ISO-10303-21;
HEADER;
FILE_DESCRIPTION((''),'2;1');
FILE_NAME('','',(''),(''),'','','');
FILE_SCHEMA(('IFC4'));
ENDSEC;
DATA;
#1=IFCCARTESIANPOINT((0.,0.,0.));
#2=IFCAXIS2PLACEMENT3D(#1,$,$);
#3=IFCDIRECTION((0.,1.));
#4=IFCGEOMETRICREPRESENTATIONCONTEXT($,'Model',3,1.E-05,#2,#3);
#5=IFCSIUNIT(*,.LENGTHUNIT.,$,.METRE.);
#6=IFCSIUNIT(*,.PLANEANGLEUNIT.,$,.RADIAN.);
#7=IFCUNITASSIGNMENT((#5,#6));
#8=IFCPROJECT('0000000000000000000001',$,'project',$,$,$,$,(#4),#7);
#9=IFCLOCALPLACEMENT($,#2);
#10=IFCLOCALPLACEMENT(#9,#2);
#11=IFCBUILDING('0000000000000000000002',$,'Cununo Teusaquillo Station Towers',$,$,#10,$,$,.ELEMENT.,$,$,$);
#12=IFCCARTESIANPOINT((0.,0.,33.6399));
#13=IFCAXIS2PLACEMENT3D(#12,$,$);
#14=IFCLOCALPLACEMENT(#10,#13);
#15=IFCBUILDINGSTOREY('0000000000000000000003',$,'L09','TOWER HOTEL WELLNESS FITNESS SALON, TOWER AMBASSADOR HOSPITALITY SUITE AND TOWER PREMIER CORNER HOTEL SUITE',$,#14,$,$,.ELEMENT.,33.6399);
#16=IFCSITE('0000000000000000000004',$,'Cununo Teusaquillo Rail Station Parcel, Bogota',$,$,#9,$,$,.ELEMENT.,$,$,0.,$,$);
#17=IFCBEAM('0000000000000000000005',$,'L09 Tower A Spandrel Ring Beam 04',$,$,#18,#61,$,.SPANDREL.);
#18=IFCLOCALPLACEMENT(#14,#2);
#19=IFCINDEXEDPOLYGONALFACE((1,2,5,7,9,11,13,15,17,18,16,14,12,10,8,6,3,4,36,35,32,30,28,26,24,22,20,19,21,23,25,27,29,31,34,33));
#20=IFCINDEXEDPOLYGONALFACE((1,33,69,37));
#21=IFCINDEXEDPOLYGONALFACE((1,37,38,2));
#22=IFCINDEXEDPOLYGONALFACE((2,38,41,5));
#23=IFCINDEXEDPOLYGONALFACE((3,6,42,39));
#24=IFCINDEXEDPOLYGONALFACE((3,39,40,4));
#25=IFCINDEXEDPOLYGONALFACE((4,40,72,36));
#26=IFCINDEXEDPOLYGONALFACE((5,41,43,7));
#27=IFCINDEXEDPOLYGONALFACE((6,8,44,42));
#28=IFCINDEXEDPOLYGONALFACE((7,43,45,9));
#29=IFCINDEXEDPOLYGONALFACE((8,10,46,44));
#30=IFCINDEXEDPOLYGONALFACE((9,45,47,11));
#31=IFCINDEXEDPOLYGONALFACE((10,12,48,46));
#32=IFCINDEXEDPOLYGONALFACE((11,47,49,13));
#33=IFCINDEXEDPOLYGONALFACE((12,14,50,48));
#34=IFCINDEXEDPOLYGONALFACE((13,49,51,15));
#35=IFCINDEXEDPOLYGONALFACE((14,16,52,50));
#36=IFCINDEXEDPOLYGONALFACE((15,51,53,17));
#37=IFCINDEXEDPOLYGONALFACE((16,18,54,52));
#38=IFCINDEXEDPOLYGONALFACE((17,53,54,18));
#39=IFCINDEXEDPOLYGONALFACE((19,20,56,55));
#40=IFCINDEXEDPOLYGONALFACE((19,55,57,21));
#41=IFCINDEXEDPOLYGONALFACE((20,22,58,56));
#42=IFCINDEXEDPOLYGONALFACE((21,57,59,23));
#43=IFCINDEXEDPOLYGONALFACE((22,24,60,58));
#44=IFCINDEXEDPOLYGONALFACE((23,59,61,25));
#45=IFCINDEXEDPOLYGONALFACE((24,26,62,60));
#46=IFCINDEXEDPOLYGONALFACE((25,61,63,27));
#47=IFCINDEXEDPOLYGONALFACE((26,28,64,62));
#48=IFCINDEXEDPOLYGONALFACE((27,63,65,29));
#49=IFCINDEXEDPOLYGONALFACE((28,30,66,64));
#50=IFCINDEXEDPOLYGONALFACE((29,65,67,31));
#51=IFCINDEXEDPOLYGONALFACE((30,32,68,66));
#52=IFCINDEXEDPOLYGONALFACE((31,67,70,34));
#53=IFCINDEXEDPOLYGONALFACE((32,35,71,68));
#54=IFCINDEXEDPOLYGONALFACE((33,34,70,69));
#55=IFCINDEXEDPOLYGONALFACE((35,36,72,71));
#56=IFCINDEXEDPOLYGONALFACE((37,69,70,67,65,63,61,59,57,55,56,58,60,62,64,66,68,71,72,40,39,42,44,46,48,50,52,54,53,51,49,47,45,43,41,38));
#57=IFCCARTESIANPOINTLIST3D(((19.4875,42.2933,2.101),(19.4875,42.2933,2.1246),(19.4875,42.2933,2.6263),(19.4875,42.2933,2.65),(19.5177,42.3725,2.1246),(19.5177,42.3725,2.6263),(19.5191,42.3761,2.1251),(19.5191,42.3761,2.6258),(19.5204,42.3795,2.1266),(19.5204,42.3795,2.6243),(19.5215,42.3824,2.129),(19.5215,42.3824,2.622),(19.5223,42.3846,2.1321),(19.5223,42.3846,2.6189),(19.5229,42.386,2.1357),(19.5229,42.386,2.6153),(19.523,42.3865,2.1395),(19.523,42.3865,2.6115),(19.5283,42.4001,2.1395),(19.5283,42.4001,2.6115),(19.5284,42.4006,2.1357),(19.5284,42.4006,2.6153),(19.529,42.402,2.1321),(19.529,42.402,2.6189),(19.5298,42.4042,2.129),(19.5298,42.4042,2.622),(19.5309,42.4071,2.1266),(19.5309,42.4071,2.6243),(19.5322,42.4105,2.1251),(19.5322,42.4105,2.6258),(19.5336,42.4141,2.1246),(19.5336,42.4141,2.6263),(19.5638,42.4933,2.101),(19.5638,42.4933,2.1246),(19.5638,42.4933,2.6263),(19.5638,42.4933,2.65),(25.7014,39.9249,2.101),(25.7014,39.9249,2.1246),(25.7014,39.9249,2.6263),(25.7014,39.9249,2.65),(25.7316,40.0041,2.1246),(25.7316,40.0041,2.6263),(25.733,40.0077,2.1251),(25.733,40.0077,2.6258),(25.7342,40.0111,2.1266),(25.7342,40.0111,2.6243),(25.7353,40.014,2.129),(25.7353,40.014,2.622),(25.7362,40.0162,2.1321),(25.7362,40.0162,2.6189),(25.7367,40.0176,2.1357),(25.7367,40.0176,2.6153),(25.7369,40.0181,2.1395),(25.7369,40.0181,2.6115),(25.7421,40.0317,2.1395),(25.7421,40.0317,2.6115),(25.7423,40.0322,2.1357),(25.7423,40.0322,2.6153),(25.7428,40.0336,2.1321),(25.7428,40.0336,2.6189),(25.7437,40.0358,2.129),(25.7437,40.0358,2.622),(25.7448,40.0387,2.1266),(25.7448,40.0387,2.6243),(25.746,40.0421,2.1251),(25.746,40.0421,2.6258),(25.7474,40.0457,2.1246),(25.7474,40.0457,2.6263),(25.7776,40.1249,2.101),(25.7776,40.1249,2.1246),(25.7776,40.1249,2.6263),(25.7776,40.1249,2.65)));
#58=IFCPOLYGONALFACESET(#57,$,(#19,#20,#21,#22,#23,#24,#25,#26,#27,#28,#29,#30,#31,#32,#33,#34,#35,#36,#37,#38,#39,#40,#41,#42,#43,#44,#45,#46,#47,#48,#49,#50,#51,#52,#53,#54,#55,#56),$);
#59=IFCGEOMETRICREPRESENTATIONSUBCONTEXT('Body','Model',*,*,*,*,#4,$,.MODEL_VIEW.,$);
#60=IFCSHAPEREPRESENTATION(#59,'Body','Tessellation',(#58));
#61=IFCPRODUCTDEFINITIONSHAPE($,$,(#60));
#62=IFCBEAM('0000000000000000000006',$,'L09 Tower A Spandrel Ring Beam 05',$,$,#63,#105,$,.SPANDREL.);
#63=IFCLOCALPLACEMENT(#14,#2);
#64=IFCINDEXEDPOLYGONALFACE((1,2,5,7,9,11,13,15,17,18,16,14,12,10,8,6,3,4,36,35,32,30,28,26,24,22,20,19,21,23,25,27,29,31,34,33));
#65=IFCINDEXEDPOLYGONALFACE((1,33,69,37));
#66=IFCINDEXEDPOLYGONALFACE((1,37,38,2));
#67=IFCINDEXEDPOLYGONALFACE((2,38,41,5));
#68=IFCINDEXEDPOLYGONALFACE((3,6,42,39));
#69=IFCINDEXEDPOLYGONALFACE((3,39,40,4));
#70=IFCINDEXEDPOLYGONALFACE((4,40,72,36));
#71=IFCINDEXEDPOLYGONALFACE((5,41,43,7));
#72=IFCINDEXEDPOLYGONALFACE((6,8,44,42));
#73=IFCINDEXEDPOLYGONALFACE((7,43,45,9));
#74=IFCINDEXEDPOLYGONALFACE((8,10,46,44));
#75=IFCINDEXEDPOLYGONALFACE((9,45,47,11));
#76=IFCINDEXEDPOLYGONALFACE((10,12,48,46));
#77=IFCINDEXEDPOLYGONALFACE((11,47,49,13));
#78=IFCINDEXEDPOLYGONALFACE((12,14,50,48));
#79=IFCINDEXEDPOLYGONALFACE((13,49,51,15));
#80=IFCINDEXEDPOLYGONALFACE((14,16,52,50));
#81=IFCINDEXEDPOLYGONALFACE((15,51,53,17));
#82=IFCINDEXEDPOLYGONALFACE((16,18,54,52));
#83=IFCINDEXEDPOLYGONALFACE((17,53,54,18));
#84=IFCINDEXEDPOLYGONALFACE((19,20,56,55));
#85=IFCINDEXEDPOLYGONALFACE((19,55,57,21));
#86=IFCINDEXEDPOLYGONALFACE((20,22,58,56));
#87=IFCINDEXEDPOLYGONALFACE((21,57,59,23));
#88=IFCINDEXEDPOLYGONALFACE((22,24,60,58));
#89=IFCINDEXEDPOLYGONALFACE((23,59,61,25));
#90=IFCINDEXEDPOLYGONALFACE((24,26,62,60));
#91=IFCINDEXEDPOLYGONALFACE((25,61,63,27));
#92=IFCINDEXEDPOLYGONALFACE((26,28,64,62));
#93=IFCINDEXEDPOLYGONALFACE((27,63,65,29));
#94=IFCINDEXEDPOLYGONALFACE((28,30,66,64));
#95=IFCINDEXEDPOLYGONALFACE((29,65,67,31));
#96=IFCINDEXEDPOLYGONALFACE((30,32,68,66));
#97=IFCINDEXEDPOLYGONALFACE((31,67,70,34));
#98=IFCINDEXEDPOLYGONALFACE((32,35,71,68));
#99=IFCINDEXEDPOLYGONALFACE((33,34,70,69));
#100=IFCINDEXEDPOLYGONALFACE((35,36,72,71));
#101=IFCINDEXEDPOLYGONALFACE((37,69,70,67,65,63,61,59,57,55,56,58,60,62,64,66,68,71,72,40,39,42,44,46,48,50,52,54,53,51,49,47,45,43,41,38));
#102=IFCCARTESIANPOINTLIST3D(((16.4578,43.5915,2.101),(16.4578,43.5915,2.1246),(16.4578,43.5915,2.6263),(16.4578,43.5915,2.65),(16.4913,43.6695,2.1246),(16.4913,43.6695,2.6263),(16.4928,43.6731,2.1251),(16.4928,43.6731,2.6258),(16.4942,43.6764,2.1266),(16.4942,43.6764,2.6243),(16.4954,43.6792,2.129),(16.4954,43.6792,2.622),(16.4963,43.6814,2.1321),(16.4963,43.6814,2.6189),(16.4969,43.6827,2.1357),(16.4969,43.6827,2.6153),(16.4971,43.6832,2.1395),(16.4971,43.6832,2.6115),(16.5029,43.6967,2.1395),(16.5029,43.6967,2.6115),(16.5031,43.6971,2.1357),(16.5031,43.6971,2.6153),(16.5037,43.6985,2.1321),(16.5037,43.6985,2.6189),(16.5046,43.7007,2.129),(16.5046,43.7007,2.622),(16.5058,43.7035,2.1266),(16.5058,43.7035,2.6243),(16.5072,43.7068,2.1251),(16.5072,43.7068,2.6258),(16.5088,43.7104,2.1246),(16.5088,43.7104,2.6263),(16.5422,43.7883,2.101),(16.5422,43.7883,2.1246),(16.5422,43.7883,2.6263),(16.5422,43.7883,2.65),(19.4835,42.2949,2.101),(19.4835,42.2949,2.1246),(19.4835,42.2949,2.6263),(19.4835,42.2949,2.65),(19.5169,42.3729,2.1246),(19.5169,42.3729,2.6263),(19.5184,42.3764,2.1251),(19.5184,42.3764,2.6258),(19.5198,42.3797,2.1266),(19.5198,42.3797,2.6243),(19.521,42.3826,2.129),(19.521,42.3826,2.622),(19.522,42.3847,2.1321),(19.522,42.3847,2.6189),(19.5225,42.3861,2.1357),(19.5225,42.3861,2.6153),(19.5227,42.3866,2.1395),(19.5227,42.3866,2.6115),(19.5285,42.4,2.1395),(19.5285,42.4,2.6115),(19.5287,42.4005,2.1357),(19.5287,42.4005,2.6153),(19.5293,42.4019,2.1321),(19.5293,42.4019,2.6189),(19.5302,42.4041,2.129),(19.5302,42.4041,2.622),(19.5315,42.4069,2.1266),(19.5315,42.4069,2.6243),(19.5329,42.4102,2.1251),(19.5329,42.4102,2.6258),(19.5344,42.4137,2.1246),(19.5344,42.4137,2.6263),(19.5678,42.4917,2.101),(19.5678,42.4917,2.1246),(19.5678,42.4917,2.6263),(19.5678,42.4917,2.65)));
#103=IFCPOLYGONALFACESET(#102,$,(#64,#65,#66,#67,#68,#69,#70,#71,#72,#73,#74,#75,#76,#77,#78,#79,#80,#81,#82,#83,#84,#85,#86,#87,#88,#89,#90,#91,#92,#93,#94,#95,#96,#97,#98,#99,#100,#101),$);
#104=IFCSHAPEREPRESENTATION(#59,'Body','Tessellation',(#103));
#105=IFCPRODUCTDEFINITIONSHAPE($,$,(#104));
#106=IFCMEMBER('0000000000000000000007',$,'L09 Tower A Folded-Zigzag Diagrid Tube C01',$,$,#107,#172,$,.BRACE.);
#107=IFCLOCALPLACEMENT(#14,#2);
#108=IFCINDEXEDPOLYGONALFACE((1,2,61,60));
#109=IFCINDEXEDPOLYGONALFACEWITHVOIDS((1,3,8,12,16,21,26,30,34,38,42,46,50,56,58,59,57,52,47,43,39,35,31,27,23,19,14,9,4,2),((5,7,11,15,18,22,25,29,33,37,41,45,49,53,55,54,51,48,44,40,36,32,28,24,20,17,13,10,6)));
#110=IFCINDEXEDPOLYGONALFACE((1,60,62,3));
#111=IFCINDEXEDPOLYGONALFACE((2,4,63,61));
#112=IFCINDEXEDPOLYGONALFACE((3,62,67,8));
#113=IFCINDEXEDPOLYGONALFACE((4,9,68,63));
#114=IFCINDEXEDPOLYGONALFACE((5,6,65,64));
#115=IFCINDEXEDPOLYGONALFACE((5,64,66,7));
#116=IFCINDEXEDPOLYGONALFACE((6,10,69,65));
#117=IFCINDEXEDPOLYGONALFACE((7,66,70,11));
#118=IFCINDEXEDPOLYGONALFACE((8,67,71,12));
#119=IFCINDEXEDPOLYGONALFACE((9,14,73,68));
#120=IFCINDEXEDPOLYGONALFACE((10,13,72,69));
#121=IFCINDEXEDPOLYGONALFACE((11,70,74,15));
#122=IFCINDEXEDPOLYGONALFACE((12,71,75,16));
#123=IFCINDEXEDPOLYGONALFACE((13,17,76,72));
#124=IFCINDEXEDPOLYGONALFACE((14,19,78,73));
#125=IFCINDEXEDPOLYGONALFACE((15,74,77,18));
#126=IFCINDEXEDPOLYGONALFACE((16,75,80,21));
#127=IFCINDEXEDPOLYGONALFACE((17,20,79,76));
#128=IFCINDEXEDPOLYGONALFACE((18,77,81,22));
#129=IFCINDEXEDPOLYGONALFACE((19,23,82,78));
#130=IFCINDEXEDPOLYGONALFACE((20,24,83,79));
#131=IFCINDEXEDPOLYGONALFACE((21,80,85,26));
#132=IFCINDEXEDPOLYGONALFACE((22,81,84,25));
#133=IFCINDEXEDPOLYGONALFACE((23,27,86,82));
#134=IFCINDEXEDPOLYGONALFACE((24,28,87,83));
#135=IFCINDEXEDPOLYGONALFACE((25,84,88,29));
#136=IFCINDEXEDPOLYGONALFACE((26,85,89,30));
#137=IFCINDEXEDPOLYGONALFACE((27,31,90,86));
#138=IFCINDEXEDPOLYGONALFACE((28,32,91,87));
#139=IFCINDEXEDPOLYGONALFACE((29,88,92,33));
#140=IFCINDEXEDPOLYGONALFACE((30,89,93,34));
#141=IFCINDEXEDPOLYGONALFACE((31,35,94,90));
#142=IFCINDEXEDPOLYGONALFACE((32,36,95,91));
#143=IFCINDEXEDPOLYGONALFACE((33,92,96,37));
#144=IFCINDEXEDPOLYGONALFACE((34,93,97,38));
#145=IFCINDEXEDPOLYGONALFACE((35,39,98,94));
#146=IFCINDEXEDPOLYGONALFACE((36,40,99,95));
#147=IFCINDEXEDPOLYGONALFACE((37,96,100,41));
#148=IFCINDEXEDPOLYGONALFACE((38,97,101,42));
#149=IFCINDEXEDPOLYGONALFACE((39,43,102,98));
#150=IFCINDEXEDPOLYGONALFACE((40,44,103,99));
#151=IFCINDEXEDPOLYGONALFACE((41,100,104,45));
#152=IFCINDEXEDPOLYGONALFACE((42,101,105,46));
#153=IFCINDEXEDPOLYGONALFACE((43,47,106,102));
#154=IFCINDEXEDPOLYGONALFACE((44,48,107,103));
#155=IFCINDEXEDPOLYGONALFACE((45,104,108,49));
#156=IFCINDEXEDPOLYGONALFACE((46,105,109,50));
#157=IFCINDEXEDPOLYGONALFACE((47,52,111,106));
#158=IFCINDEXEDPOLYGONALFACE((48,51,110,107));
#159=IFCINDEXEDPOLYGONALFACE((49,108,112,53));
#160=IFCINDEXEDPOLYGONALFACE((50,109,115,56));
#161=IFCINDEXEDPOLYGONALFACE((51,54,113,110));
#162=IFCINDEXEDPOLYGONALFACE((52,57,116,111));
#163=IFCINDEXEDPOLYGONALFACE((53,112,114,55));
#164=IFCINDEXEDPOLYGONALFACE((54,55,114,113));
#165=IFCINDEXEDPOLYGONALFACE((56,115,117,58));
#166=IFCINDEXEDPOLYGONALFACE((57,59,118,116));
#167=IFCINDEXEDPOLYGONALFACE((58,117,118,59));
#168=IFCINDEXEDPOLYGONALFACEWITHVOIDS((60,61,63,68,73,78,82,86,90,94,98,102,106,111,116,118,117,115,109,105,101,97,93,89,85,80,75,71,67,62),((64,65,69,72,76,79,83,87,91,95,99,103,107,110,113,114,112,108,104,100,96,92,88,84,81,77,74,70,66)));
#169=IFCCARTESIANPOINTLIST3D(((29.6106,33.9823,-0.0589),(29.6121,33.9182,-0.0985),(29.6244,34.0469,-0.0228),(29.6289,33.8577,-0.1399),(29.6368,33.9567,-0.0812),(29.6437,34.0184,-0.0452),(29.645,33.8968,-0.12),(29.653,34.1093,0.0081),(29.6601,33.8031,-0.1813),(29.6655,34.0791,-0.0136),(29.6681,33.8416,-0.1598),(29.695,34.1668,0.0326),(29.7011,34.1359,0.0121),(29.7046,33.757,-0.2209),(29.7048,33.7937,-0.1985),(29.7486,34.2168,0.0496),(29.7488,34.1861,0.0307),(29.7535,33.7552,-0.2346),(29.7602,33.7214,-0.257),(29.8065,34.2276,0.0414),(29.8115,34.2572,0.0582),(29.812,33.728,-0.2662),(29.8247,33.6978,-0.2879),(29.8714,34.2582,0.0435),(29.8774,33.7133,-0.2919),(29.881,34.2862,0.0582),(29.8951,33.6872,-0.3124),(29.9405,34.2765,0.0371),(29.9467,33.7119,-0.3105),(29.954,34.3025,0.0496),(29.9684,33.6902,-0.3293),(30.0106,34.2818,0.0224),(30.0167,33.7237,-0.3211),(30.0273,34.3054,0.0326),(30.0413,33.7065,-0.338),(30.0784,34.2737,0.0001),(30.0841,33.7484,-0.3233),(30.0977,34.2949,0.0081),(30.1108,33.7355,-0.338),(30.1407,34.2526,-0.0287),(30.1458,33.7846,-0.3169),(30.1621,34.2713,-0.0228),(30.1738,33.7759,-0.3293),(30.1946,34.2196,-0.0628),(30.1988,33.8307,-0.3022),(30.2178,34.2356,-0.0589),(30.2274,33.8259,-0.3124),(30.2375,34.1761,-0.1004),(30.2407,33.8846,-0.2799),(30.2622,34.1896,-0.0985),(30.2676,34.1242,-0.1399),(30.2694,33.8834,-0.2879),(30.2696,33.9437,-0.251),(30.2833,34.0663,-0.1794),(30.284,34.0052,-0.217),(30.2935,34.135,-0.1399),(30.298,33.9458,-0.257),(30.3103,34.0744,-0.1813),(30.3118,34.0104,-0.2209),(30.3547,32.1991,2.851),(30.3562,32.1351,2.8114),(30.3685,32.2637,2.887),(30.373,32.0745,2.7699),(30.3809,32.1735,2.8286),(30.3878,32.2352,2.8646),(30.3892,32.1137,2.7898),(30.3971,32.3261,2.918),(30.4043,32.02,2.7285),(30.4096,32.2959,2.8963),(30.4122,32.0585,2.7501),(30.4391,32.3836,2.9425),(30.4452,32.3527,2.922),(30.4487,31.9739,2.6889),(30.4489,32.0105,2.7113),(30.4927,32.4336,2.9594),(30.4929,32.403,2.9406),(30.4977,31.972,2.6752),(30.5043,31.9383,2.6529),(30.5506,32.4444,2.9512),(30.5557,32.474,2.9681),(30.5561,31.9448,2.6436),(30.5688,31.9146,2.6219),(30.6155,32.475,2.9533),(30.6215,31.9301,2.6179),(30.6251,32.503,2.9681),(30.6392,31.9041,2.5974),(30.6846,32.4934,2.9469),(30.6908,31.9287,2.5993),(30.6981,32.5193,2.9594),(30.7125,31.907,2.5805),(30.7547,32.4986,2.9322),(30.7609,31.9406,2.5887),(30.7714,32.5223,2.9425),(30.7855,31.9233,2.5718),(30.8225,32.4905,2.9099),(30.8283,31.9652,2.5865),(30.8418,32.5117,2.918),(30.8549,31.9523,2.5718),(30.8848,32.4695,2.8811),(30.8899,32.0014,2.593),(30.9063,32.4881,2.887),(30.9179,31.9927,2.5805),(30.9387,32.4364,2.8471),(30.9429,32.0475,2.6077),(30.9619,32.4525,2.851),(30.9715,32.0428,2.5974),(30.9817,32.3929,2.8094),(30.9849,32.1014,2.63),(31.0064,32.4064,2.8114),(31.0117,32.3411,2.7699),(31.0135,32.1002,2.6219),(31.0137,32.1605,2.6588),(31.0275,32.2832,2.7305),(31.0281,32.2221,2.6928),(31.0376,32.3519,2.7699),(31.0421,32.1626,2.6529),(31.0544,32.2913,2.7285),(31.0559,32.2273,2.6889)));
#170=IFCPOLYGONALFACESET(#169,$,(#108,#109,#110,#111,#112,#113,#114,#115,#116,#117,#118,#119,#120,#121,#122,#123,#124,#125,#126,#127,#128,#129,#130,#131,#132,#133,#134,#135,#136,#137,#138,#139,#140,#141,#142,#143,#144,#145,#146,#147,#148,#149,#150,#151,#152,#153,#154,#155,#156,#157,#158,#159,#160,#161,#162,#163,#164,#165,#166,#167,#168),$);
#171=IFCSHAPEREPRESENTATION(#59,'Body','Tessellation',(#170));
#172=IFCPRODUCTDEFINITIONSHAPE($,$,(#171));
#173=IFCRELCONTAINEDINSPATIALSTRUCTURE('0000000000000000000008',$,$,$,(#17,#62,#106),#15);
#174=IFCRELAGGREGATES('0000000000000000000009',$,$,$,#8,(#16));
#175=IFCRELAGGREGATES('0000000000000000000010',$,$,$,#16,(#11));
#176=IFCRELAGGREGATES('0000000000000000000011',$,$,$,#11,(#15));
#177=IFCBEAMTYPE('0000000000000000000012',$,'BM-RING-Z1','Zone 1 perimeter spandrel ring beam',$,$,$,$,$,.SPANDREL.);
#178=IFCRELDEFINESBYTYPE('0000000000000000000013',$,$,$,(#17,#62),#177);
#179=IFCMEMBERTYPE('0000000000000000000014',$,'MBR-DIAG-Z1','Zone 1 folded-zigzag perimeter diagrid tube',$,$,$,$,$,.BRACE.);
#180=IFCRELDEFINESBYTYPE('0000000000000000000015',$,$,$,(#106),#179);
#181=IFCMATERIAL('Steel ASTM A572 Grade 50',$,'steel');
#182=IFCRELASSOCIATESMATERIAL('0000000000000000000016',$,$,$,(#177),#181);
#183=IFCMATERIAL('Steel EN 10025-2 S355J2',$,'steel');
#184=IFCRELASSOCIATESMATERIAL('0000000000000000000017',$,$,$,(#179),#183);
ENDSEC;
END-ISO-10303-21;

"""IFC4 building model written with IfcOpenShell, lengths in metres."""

from ifc_helpers import new_model, si_unit, direction, frame, origin, origin_2d, place, context, subcontext, project, spatial, hollow_circle, i_section, extrude, material, material_profile, profile_set, type_object, element, save


model = new_model("IFC4")

# Units and contexts
model_context = context("Model", 3, precision=1e-05, world=origin(), true_north=direction((0.0, 1.0)))
body_context = subcontext(model_context, "Body", "Model", "MODEL_VIEW")
ifc_project = project(units=[si_unit("LENGTHUNIT", "METRE"), si_unit("PLANEANGLEUNIT", "RADIAN")], contexts=[model_context])

# Site, building, storey
site_placement = place(None, origin())
site = spatial("IfcSite", under=ifc_project, at=site_placement, Name="Cununo Teusaquillo Rail Station Parcel, Bogota", CompositionType="ELEMENT", RefElevation=0.0)
building_placement = place(site_placement, origin())
building = spatial("IfcBuilding", under=site, at=building_placement, Name="Cununo Teusaquillo Station Towers", CompositionType="ELEMENT")
storey_placement = place(building_placement, frame((0.0, 0.0, 33.6399)))
storey = spatial("IfcBuildingStorey", under=building, at=storey_placement, Name="L09", Description="TOWER HOTEL WELLNESS FITNESS SALON, TOWER AMBASSADOR HOSPITALITY SUITE AND TOWER PREMIER CORNER HOTEL SUITE", CompositionType="ELEMENT", Elevation=33.6399)

# Beams
ifc_material_1 = material(Name="Steel ASTM A572 Grade 50", Category="steel")
ifc_material_profile_1 = material_profile(ifc_material_1, i_section(OverallWidth=0.2141, OverallDepth=0.5491, WebThickness=0.0146, FlangeThickness=0.0237, FilletRadius=0.0149, at=origin_2d()), Name="W21X93")
ifc_profile_set_1 = profile_set([ifc_material_profile_1], Name="Steel ASTM A572 Grade 50")
beam_type_1 = type_object("IfcBeamType", Name="BM-RING-Z1", Description="Zone 1 perimeter spandrel ring beam", PredefinedType="SPANDREL", material=ifc_profile_set_1)
beam_1_placement = place(storey_placement, frame((25.7395, 40.0249, 2.3755), z_axis=(-0.934427, 0.356156, 0.0), x_axis=(-0.356156, -0.934427, 0.0)))
element("IfcBeam", 1, at=beam_1_placement, inside=storey, type_object=beam_type_1, Name="L09 Tower A Spandrel Ring Beam 04", PredefinedType="SPANDREL", context=body_context, shape_type="SweptSolid", body=[
    extrude(i_section(OverallWidth=0.2141, OverallDepth=0.5491, WebThickness=0.0146, FlangeThickness=0.0237, FilletRadius=0.0149, at=origin_2d()), origin(), (0.0, 0.0, 1.0), 6.6499),
])
beam_2_placement = place(storey_placement, frame((19.5256, 42.3933, 2.3755), z_axis=(-0.919153, 0.393901, 0.0), x_axis=(-0.393901, -0.919153, 0.0)))
element("IfcBeam", 2, at=beam_2_placement, inside=storey, type_object=beam_type_1, Name="L09 Tower A Spandrel Ring Beam 05", PredefinedType="SPANDREL", context=body_context, shape_type="SweptSolid", body=[
    extrude(i_section(OverallWidth=0.2141, OverallDepth=0.5491, WebThickness=0.0146, FlangeThickness=0.0237, FilletRadius=0.0149, at=origin_2d()), origin(), (0.0, 0.0, 1.0), 3.2917),
])

# Member
ifc_material_2 = material(Name="Steel EN 10025-2 S355J2", Category="steel")
ifc_material_profile_2 = material_profile(ifc_material_2, hollow_circle(Radius=0.3601, WallThickness=0.0281, at=origin_2d()), Name="CHS 720x28")
ifc_profile_set_2 = profile_set([ifc_material_profile_2], Name="Steel EN 10025-2 S355J2")
member_type = type_object("IfcMemberType", Name="MBR-DIAG-Z1", Description="Zone 1 folded-zigzag perimeter diagrid tube", PredefinedType="BRACE", material=ifc_profile_set_2)
member_1_placement = place(storey_placement, frame((29.9612, 33.9963, -0.1399), z_axis=(0.213037, -0.510506, 0.833066), x_axis=(0.922867, 0.385118, 0.0)))
element("IfcMember", 3, at=member_1_placement, inside=storey, type_object=member_type, Name="L09 Tower A Folded-Zigzag Diagrid Tube C01", PredefinedType="BRACE", context=body_context, shape_type="SweptSolid", body=[
    extrude(hollow_circle(Radius=0.3601, WallThickness=0.0281, at=origin_2d()), origin(), (0.0, 0.0, 1.0), 3.4929),
])

save(model, "model.ifc")
